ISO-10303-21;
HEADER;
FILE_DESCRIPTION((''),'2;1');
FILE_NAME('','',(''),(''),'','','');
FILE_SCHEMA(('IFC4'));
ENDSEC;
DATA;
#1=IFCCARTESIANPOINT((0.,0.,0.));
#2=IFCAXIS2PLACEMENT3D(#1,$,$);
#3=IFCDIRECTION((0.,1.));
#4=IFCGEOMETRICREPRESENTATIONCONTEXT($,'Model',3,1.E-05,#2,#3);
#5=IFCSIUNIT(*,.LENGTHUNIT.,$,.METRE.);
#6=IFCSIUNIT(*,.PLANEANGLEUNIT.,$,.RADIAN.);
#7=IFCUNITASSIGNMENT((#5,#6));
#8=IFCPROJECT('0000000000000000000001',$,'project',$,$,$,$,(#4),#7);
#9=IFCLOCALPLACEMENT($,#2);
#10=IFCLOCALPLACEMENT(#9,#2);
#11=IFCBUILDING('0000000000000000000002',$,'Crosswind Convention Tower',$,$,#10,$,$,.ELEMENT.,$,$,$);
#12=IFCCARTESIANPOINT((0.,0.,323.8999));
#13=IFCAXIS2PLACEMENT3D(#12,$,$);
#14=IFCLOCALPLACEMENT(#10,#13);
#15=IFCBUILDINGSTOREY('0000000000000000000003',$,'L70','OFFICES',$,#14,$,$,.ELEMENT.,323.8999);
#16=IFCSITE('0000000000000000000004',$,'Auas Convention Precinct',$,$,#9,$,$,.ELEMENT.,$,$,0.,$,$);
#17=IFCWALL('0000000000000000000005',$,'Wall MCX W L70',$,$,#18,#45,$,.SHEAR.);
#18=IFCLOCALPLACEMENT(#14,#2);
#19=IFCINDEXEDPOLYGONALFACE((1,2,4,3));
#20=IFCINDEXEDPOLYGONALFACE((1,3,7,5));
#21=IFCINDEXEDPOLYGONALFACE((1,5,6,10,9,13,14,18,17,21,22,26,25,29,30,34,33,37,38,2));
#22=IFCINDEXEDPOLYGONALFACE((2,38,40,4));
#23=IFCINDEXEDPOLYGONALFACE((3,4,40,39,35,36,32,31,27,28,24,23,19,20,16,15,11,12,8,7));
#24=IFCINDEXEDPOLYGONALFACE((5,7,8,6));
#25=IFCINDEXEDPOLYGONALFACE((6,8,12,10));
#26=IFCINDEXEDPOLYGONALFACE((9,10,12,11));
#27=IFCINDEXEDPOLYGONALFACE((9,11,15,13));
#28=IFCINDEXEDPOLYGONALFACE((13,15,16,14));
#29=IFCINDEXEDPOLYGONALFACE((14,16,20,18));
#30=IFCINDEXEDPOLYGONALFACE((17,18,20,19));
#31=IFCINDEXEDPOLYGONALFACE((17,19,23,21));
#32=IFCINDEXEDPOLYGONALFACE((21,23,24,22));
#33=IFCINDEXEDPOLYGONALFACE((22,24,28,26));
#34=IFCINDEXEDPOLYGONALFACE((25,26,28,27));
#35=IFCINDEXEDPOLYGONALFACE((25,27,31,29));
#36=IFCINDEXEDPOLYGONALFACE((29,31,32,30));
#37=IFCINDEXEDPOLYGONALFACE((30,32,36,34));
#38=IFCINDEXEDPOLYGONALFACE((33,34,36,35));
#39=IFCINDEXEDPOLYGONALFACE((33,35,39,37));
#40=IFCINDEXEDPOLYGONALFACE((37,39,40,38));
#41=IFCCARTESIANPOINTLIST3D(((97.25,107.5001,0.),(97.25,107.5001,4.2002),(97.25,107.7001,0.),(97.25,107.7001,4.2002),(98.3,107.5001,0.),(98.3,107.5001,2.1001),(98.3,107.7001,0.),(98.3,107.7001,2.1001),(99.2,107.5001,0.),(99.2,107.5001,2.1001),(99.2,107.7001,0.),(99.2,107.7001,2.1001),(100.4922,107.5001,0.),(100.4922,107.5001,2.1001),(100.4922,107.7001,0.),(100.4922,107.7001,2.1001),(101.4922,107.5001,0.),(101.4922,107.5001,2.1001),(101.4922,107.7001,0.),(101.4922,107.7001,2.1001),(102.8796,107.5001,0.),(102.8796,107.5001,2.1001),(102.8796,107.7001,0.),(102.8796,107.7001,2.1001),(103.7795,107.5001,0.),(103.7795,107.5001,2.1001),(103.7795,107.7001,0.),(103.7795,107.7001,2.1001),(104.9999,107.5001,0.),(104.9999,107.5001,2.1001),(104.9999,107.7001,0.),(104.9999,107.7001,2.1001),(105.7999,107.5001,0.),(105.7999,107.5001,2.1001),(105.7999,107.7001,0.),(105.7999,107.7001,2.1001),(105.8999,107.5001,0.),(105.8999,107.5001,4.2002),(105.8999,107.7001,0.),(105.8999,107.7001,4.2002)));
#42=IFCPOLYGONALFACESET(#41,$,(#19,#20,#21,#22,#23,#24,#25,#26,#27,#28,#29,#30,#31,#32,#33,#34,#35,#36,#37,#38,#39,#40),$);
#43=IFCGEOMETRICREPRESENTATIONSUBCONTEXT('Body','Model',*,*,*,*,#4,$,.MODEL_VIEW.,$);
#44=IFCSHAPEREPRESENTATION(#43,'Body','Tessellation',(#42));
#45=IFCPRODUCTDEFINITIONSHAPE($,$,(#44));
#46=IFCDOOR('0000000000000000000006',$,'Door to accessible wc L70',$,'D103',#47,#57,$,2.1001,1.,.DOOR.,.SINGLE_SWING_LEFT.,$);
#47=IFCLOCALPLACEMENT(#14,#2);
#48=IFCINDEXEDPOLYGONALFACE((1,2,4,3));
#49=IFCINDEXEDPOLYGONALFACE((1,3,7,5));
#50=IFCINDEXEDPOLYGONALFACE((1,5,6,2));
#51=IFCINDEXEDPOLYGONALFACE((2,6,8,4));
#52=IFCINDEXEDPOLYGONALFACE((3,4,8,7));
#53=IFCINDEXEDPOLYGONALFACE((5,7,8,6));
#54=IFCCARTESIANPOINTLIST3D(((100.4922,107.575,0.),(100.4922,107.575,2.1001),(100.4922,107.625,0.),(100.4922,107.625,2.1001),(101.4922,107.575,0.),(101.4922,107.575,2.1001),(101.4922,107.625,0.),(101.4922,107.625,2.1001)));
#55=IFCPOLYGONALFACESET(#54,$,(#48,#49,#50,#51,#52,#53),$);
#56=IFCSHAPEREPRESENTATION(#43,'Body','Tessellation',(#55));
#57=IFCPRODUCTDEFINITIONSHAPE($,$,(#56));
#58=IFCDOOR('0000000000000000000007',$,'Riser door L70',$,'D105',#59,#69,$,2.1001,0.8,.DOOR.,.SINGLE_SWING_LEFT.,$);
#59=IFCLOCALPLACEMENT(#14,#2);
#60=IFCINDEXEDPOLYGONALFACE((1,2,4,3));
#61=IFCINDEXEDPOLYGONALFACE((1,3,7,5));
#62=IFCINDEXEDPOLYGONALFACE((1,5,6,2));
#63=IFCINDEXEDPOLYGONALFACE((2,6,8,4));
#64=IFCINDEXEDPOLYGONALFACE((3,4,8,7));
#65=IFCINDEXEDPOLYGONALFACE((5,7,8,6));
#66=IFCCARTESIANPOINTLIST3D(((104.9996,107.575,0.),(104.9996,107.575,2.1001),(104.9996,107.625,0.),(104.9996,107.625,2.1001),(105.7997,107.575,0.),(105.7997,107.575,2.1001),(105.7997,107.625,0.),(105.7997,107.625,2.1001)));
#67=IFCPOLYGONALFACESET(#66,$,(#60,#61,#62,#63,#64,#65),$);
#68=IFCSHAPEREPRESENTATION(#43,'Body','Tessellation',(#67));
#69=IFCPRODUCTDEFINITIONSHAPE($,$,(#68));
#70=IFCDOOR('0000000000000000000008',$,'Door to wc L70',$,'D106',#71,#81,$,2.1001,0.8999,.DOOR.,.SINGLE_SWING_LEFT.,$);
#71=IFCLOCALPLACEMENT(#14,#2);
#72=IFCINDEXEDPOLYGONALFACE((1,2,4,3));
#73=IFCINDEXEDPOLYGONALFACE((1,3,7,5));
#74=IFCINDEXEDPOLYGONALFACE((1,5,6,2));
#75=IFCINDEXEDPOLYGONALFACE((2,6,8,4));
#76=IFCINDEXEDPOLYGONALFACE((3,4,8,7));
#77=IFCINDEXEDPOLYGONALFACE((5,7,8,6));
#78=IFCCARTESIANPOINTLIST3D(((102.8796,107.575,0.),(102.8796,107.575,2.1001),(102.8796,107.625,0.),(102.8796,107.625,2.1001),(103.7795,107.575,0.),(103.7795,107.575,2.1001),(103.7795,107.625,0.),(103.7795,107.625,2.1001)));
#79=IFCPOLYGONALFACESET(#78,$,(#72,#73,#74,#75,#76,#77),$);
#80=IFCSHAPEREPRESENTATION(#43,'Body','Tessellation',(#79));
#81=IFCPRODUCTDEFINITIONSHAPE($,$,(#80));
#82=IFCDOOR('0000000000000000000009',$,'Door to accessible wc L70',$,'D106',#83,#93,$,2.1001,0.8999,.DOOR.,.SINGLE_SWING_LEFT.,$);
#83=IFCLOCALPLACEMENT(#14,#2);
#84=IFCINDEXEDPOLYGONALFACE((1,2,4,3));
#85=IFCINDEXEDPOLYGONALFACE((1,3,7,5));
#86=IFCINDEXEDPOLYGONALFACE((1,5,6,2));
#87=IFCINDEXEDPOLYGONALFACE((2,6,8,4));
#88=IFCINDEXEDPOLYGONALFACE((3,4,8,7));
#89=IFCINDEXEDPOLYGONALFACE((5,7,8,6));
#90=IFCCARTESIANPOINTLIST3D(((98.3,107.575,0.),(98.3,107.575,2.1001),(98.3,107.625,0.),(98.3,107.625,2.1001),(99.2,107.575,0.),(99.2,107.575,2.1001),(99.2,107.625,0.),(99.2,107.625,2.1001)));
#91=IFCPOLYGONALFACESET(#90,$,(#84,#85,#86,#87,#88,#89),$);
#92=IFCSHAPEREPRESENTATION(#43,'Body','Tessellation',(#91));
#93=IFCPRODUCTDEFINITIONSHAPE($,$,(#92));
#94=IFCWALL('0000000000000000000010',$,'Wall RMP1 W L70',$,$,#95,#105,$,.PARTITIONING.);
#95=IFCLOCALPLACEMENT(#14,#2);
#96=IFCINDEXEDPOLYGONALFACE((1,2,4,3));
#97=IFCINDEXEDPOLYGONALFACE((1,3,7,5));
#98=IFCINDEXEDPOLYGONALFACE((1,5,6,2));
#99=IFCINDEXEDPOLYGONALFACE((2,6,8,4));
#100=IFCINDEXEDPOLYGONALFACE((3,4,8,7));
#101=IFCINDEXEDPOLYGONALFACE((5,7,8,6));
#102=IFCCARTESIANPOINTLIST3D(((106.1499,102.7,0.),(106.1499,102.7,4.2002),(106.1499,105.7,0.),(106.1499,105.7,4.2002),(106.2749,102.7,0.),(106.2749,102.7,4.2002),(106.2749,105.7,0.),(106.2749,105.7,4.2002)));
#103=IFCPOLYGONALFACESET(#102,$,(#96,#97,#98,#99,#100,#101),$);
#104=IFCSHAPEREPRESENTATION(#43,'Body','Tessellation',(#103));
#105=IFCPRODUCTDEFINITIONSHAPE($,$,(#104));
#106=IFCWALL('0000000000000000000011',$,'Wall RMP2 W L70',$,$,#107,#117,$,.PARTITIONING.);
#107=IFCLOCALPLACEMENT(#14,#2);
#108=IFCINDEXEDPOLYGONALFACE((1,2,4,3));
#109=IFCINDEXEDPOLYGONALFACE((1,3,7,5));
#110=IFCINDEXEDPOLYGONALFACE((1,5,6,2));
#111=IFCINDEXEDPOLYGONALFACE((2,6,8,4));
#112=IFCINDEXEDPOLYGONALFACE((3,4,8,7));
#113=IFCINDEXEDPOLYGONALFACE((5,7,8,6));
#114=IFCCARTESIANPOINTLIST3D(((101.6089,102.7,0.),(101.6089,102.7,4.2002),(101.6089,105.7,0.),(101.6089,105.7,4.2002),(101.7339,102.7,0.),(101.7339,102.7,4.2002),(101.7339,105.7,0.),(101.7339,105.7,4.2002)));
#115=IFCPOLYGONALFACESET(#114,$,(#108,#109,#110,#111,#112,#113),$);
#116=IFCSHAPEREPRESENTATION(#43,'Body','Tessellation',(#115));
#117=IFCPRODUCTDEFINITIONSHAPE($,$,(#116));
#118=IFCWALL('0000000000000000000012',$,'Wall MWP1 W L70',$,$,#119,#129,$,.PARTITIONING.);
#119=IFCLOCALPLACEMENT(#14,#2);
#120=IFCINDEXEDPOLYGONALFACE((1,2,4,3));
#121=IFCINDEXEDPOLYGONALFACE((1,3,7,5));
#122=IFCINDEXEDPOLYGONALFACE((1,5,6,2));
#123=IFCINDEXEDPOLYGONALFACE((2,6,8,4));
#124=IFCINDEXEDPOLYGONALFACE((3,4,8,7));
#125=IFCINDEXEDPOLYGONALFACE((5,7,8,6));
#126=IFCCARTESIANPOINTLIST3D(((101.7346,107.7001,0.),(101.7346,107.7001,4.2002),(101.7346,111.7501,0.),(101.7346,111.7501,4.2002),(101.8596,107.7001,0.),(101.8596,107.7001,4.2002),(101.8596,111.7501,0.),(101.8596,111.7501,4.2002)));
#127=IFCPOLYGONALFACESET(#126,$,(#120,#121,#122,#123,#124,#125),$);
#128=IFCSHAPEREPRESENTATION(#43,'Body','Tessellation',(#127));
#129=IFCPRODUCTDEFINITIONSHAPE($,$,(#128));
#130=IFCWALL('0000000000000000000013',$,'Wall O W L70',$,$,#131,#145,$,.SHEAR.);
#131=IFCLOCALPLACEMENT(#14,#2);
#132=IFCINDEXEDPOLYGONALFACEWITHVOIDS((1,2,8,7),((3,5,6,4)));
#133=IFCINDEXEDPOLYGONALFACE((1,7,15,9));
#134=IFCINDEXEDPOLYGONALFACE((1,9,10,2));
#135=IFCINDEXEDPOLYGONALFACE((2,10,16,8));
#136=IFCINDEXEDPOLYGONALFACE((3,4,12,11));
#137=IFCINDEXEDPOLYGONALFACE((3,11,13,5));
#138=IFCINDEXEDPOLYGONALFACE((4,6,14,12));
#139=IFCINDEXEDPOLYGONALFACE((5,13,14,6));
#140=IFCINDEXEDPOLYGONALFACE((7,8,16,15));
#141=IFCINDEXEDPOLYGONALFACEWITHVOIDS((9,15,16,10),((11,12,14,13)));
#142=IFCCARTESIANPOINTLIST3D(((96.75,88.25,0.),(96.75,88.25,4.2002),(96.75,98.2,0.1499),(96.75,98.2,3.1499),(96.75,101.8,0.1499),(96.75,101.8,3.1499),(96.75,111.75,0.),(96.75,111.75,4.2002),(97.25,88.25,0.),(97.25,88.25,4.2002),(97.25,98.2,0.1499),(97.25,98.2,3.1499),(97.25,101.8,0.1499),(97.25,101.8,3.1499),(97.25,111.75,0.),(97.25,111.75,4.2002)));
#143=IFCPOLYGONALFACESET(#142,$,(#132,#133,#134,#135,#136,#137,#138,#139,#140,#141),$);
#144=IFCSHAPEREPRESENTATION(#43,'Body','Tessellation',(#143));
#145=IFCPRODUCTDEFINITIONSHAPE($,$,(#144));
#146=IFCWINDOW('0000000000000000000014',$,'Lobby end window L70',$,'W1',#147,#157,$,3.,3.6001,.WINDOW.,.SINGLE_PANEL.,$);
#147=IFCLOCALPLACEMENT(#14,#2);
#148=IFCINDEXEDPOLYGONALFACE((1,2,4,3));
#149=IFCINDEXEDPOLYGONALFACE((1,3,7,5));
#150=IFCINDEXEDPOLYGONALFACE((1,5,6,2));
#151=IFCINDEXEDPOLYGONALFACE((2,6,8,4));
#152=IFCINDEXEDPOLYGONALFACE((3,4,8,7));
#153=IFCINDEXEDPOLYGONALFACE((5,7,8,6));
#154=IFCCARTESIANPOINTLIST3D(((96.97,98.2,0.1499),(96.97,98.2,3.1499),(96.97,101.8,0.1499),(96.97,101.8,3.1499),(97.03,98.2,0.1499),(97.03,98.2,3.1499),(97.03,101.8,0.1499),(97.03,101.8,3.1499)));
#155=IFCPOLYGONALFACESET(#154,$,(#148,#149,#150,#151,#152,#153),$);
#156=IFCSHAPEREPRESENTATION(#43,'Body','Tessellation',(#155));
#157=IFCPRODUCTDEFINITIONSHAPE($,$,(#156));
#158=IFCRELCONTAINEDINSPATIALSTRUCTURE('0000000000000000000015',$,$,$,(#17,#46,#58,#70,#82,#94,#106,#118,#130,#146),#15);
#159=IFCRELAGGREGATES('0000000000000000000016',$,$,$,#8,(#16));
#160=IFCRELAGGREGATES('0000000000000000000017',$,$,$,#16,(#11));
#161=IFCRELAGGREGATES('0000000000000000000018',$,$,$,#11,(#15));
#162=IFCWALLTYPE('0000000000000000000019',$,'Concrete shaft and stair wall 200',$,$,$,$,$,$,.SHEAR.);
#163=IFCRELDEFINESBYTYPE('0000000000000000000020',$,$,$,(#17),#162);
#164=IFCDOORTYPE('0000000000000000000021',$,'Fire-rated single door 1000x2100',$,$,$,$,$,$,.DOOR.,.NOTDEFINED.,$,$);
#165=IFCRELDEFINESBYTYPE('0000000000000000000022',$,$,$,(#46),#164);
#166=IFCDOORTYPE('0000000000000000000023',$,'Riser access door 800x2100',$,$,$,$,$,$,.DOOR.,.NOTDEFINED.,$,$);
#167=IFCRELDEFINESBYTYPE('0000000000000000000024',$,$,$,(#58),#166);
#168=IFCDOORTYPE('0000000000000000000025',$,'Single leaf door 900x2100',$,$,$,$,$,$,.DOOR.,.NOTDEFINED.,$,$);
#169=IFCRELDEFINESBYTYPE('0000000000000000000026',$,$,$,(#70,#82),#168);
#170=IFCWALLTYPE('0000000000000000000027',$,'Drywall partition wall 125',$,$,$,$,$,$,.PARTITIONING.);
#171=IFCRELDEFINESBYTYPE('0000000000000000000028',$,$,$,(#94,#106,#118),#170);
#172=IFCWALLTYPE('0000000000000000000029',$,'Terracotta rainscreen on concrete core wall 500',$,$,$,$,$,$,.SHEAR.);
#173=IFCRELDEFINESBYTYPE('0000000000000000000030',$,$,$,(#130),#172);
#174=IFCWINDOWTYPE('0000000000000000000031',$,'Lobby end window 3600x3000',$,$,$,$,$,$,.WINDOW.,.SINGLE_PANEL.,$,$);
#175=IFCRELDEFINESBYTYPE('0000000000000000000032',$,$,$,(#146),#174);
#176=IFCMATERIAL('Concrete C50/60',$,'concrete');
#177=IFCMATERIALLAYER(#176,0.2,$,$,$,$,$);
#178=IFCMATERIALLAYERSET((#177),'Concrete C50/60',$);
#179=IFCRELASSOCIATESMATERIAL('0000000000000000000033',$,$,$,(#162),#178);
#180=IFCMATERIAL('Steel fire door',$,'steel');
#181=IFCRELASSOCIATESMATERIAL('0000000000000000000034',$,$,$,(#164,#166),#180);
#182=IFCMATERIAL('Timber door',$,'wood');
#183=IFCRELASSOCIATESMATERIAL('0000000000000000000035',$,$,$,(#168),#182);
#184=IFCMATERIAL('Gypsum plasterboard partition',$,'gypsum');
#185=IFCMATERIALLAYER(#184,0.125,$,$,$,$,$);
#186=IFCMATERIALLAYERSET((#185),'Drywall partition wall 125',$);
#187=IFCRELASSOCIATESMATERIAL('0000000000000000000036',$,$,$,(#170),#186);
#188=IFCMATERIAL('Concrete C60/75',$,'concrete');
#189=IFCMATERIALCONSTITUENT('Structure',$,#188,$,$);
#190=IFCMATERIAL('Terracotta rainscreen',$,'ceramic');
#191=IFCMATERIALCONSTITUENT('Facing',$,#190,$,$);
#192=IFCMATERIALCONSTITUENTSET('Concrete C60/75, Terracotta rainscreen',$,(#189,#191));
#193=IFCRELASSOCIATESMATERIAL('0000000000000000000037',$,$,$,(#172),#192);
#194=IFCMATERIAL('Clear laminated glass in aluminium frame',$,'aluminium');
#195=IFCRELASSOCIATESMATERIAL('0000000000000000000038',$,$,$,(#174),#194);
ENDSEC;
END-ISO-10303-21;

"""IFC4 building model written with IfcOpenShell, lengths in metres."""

from ifc_helpers import new_model, si_unit, direction, frame, frame_2d, origin, place, context, subcontext, project, spatial, rectangle, extrude, material, layer, layer_set, constituent, constituent_set, type_object, element, fill, save


model = new_model("IFC4")

# Units and contexts
model_context = context("Model", 3, precision=1e-05, world=origin(), true_north=direction((0.0, 1.0)))
body_context = subcontext(model_context, "Body", "Model", "MODEL_VIEW")
ifc_project = project(units=[si_unit("LENGTHUNIT", "METRE"), si_unit("PLANEANGLEUNIT", "RADIAN")], contexts=[model_context])

# Site, building, storey
site_placement = place(None, origin())
site = spatial("IfcSite", under=ifc_project, at=site_placement, Name="Auas Convention Precinct", CompositionType="ELEMENT", RefElevation=0.0)
building_placement = place(site_placement, origin())
building = spatial("IfcBuilding", under=site, at=building_placement, Name="Crosswind Convention Tower", CompositionType="ELEMENT")
storey_placement = place(building_placement, frame((0.0, 0.0, 323.8999)))
storey = spatial("IfcBuildingStorey", under=building, at=storey_placement, Name="L70", Description="OFFICES", CompositionType="ELEMENT", Elevation=323.8999)

# Shared definitions
ifc_material_1 = material(Name="Concrete C50/60", Category="concrete")
ifc_layer_1 = layer(ifc_material_1, 0.2)
ifc_layer_set_1 = layer_set([ifc_layer_1], Name="Concrete C50/60")
wall_type_1 = type_object("IfcWallType", Name="Concrete shaft and stair wall 200", PredefinedType="SHEAR", material=ifc_layer_set_1)

# Wall, openings, doors
wall_1_placement = place(storey_placement, frame((105.8999, 107.6001, 0.0), z_axis=(0.0, 0.0, 1.0), x_axis=(-1.0, 0.0, 0.0)))
wall_1 = element("IfcWall", 1, at=wall_1_placement, inside=storey, type_object=wall_type_1, Name="Wall MCX W L70", PredefinedType="SHEAR", context=body_context, shape_type="SweptSolid", body=[
    extrude(rectangle(XDim=8.6499, YDim=0.2, at=frame_2d((4.325, 0.0))), origin(), (0.0, 0.0, 1.0), 4.2002),
])
opening_1_placement = place(wall_1_placement, frame((0.1001, 0.0, 0.0)))
opening_1 = element("IfcOpeningElement", 2, at=opening_1_placement, cuts=wall_1, PredefinedType="OPENING", context=body_context, shape_type="SweptSolid", body=[
    extrude(rectangle(XDim=0.8, YDim=2.1001, at=frame_2d((0.3999, 1.05))), frame((0.0, 0.1099, 0.0), z_axis=(0.0, -1.0, 0.0), x_axis=(1.0, 0.0, 0.0)), (0.0, 0.0, 1.0), 0.22),
])
opening_2_placement = place(wall_1_placement, frame((2.1204, 0.0, 0.0)))
opening_2 = element("IfcOpeningElement", 3, at=opening_2_placement, cuts=wall_1, PredefinedType="OPENING", context=body_context, shape_type="SweptSolid", body=[
    extrude(rectangle(XDim=0.8999, YDim=2.1001, at=frame_2d((0.45, 1.05))), frame((0.0, 0.1099, 0.0), z_axis=(0.0, -1.0, 0.0), x_axis=(1.0, 0.0, 0.0)), (0.0, 0.0, 1.0), 0.22),
])
opening_3_placement = place(wall_1_placement, frame((4.4077, 0.0, 0.0)))
opening_3 = element("IfcOpeningElement", 4, at=opening_3_placement, cuts=wall_1, PredefinedType="OPENING", context=body_context, shape_type="SweptSolid", body=[
    extrude(rectangle(XDim=1.0, YDim=2.1001, at=frame_2d((0.5, 1.05))), frame((0.0, 0.1099, 0.0), z_axis=(0.0, -1.0, 0.0), x_axis=(1.0, 0.0, 0.0)), (0.0, 0.0, 1.0), 0.22),
])
opening_4_placement = place(wall_1_placement, frame((6.7, 0.0, 0.0)))
opening_4 = element("IfcOpeningElement", 5, at=opening_4_placement, cuts=wall_1, PredefinedType="OPENING", context=body_context, shape_type="SweptSolid", body=[
    extrude(rectangle(XDim=0.8999, YDim=2.1001, at=frame_2d((0.45, 1.05))), frame((0.0, 0.1099, 0.0), z_axis=(0.0, -1.0, 0.0), x_axis=(1.0, 0.0, 0.0)), (0.0, 0.0, 1.0), 0.22),
])
ifc_material_2 = material(Name="Steel fire door", Category="steel")
door_type_1 = type_object("IfcDoorType", Name="Fire-rated single door 1000x2100", OperationType="NOTDEFINED", PredefinedType="DOOR", material=ifc_material_2)
door_1_placement = place(opening_3_placement, frame((1.0, 0.0, 0.0), z_axis=(0.0, 0.0, 1.0), x_axis=(-1.0, 0.0, 0.0)))
door_1 = element("IfcDoor", 6, at=door_1_placement, inside=storey, type_object=door_type_1, Name="Door to accessible wc L70", ObjectType="D103", OperationType="SINGLE_SWING_LEFT", OverallHeight=2.1001, OverallWidth=1.0, PredefinedType="DOOR", context=body_context, shape_type="SweptSolid", body=[
    extrude(rectangle(XDim=1.0, YDim=2.1001, at=frame_2d((0.5, 1.05))), frame((0.0, 0.0249, 0.0), z_axis=(0.0, -1.0, 0.0), x_axis=(1.0, 0.0, 0.0)), (0.0, 0.0, 1.0), 0.05),
])
fill(opening_3, door_1)
door_type_2 = type_object("IfcDoorType", Name="Riser access door 800x2100", OperationType="NOTDEFINED", PredefinedType="DOOR", material=ifc_material_2)
door_2_placement = place(opening_1_placement, frame((0.8, 0.0, 0.0), z_axis=(0.0, 0.0, 1.0), x_axis=(-1.0, 0.0, 0.0)))
door_2 = element("IfcDoor", 7, at=door_2_placement, inside=storey, type_object=door_type_2, Name="Riser door L70", ObjectType="D105", OperationType="SINGLE_SWING_LEFT", OverallHeight=2.1001, OverallWidth=0.8, PredefinedType="DOOR", context=body_context, shape_type="SweptSolid", body=[
    extrude(rectangle(XDim=0.8, YDim=2.1001, at=frame_2d((0.3999, 1.05))), frame((0.0, 0.0249, 0.0), z_axis=(0.0, -1.0, 0.0), x_axis=(1.0, 0.0, 0.0)), (0.0, 0.0, 1.0), 0.05),
])
fill(opening_1, door_2)
ifc_material_3 = material(Name="Timber door", Category="wood")
door_type_3 = type_object("IfcDoorType", Name="Single leaf door 900x2100", OperationType="NOTDEFINED", PredefinedType="DOOR", material=ifc_material_3)
door_3_placement = place(opening_2_placement, frame((0.8999, 0.0, 0.0), z_axis=(0.0, 0.0, 1.0), x_axis=(-1.0, 0.0, 0.0)))
door_3 = element("IfcDoor", 8, at=door_3_placement, inside=storey, type_object=door_type_3, Name="Door to wc L70", ObjectType="D106", OperationType="SINGLE_SWING_LEFT", OverallHeight=2.1001, OverallWidth=0.8999, PredefinedType="DOOR", context=body_context, shape_type="SweptSolid", body=[
    extrude(rectangle(XDim=0.8999, YDim=2.1001, at=frame_2d((0.45, 1.05))), frame((0.0, 0.0249, 0.0), z_axis=(0.0, -1.0, 0.0), x_axis=(1.0, 0.0, 0.0)), (0.0, 0.0, 1.0), 0.05),
])
fill(opening_2, door_3)
door_4_placement = place(opening_4_placement, frame((0.8999, 0.0, 0.0), z_axis=(0.0, 0.0, 1.0), x_axis=(-1.0, 0.0, 0.0)))
door_4 = element("IfcDoor", 9, at=door_4_placement, inside=storey, type_object=door_type_3, Name="Door to accessible wc L70", ObjectType="D106", OperationType="SINGLE_SWING_LEFT", OverallHeight=2.1001, OverallWidth=0.8999, PredefinedType="DOOR", context=body_context, shape_type="SweptSolid", body=[
    extrude(rectangle(XDim=0.8999, YDim=2.1001, at=frame_2d((0.45, 1.05))), frame((0.0, 0.0249, 0.0), z_axis=(0.0, -1.0, 0.0), x_axis=(1.0, 0.0, 0.0)), (0.0, 0.0, 1.0), 0.05),
])
fill(opening_4, door_4)

# Walls
ifc_material_4 = material(Name="Gypsum plasterboard partition", Category="gypsum")
ifc_layer_2 = layer(ifc_material_4, 0.125)
ifc_layer_set_2 = layer_set([ifc_layer_2], Name="Drywall partition wall 125")
wall_type_2 = type_object("IfcWallType", Name="Drywall partition wall 125", PredefinedType="PARTITIONING", material=ifc_layer_set_2)
for number, where, z_axis, x_axis, name in (
    (10, (106.2124, 105.7, 0.0), (0.0, 0.0, 1.0), (0.0, -1.0, 0.0), "Wall RMP1 W L70"),
    (11, (101.6714, 105.7, 0.0), (0.0, 0.0, 1.0), (0.0, -1.0, 0.0), "Wall RMP2 W L70"),
):
    element("IfcWall", number, at=place(storey_placement, frame(where, z_axis=z_axis, x_axis=x_axis)), inside=storey, type_object=wall_type_2, Name=name, PredefinedType="PARTITIONING", context=body_context, shape_type="SweptSolid", body=[
        extrude(rectangle(XDim=3.0, YDim=0.125, at=frame_2d((1.5, 0.0))), origin(), (0.0, 0.0, 1.0), 4.2002),
    ])
wall_2_placement = place(storey_placement, frame((101.7971, 111.75, 0.0), z_axis=(0.0, 0.0, 1.0), x_axis=(0.0, -1.0, 0.0)))
element("IfcWall", 12, at=wall_2_placement, inside=storey, type_object=wall_type_2, Name="Wall MWP1 W L70", PredefinedType="PARTITIONING", context=body_context, shape_type="SweptSolid", body=[
    extrude(rectangle(XDim=4.05, YDim=0.125, at=frame_2d((2.0249, 0.0))), origin(), (0.0, 0.0, 1.0), 4.2002),
])

# Wall, opening, window
ifc_material_5 = material(Name="Concrete C60/75", Category="concrete")
ifc_constituent_1 = constituent(ifc_material_5, Name="Structure")
ifc_material_6 = material(Name="Terracotta rainscreen", Category="ceramic")
ifc_constituent_2 = constituent(ifc_material_6, Name="Facing")
ifc_constituent_set = constituent_set(constituents=[ifc_constituent_1, ifc_constituent_2], Name="Concrete C60/75, Terracotta rainscreen")
wall_type_3 = type_object("IfcWallType", Name="Terracotta rainscreen on concrete core wall 500", PredefinedType="SHEAR", material=ifc_constituent_set)
wall_3_placement = place(storey_placement, frame((97.0, 111.75, 0.0), z_axis=(0.0, 0.0, 1.0), x_axis=(0.0, -1.0, 0.0)))
wall_3 = element("IfcWall", 13, at=wall_3_placement, inside=storey, type_object=wall_type_3, Name="Wall O W L70", PredefinedType="SHEAR", context=body_context, shape_type="SweptSolid", body=[
    extrude(rectangle(XDim=23.5, YDim=0.5, at=frame_2d((11.75, 0.0))), origin(), (0.0, 0.0, 1.0), 4.2002),
])
opening_5_placement = place(wall_3_placement, frame((9.95, 0.0, 0.1499)))
opening_5 = element("IfcOpeningElement", 14, at=opening_5_placement, cuts=wall_3, PredefinedType="OPENING", context=body_context, shape_type="SweptSolid", body=[
    extrude(rectangle(XDim=3.6001, YDim=3.0, at=frame_2d((1.8, 1.5))), frame((0.0, 0.26, 0.0), z_axis=(0.0, -1.0, 0.0), x_axis=(1.0, 0.0, 0.0)), (0.0, 0.0, 1.0), 0.52),
])
ifc_material_7 = material(Name="Clear laminated glass in aluminium frame", Category="aluminium")
window_type = type_object("IfcWindowType", Name="Lobby end window 3600x3000", PartitioningType="SINGLE_PANEL", PredefinedType="WINDOW", material=ifc_material_7)
window_placement = place(opening_5_placement, origin())
window = element("IfcWindow", 15, at=window_placement, inside=storey, type_object=window_type, Name="Lobby end window L70", ObjectType="W1", OverallHeight=3.0, OverallWidth=3.6001, PartitioningType="SINGLE_PANEL", PredefinedType="WINDOW", context=body_context, shape_type="SweptSolid", body=[
    extrude(rectangle(XDim=3.6001, YDim=3.0, at=frame_2d((1.8, 1.5))), frame((0.0, 0.03, 0.0), z_axis=(0.0, -1.0, 0.0), x_axis=(1.0, 0.0, 0.0)), (0.0, 0.0, 1.0), 0.0601),
])
fill(opening_5, window)

save(model, "model.ifc")
